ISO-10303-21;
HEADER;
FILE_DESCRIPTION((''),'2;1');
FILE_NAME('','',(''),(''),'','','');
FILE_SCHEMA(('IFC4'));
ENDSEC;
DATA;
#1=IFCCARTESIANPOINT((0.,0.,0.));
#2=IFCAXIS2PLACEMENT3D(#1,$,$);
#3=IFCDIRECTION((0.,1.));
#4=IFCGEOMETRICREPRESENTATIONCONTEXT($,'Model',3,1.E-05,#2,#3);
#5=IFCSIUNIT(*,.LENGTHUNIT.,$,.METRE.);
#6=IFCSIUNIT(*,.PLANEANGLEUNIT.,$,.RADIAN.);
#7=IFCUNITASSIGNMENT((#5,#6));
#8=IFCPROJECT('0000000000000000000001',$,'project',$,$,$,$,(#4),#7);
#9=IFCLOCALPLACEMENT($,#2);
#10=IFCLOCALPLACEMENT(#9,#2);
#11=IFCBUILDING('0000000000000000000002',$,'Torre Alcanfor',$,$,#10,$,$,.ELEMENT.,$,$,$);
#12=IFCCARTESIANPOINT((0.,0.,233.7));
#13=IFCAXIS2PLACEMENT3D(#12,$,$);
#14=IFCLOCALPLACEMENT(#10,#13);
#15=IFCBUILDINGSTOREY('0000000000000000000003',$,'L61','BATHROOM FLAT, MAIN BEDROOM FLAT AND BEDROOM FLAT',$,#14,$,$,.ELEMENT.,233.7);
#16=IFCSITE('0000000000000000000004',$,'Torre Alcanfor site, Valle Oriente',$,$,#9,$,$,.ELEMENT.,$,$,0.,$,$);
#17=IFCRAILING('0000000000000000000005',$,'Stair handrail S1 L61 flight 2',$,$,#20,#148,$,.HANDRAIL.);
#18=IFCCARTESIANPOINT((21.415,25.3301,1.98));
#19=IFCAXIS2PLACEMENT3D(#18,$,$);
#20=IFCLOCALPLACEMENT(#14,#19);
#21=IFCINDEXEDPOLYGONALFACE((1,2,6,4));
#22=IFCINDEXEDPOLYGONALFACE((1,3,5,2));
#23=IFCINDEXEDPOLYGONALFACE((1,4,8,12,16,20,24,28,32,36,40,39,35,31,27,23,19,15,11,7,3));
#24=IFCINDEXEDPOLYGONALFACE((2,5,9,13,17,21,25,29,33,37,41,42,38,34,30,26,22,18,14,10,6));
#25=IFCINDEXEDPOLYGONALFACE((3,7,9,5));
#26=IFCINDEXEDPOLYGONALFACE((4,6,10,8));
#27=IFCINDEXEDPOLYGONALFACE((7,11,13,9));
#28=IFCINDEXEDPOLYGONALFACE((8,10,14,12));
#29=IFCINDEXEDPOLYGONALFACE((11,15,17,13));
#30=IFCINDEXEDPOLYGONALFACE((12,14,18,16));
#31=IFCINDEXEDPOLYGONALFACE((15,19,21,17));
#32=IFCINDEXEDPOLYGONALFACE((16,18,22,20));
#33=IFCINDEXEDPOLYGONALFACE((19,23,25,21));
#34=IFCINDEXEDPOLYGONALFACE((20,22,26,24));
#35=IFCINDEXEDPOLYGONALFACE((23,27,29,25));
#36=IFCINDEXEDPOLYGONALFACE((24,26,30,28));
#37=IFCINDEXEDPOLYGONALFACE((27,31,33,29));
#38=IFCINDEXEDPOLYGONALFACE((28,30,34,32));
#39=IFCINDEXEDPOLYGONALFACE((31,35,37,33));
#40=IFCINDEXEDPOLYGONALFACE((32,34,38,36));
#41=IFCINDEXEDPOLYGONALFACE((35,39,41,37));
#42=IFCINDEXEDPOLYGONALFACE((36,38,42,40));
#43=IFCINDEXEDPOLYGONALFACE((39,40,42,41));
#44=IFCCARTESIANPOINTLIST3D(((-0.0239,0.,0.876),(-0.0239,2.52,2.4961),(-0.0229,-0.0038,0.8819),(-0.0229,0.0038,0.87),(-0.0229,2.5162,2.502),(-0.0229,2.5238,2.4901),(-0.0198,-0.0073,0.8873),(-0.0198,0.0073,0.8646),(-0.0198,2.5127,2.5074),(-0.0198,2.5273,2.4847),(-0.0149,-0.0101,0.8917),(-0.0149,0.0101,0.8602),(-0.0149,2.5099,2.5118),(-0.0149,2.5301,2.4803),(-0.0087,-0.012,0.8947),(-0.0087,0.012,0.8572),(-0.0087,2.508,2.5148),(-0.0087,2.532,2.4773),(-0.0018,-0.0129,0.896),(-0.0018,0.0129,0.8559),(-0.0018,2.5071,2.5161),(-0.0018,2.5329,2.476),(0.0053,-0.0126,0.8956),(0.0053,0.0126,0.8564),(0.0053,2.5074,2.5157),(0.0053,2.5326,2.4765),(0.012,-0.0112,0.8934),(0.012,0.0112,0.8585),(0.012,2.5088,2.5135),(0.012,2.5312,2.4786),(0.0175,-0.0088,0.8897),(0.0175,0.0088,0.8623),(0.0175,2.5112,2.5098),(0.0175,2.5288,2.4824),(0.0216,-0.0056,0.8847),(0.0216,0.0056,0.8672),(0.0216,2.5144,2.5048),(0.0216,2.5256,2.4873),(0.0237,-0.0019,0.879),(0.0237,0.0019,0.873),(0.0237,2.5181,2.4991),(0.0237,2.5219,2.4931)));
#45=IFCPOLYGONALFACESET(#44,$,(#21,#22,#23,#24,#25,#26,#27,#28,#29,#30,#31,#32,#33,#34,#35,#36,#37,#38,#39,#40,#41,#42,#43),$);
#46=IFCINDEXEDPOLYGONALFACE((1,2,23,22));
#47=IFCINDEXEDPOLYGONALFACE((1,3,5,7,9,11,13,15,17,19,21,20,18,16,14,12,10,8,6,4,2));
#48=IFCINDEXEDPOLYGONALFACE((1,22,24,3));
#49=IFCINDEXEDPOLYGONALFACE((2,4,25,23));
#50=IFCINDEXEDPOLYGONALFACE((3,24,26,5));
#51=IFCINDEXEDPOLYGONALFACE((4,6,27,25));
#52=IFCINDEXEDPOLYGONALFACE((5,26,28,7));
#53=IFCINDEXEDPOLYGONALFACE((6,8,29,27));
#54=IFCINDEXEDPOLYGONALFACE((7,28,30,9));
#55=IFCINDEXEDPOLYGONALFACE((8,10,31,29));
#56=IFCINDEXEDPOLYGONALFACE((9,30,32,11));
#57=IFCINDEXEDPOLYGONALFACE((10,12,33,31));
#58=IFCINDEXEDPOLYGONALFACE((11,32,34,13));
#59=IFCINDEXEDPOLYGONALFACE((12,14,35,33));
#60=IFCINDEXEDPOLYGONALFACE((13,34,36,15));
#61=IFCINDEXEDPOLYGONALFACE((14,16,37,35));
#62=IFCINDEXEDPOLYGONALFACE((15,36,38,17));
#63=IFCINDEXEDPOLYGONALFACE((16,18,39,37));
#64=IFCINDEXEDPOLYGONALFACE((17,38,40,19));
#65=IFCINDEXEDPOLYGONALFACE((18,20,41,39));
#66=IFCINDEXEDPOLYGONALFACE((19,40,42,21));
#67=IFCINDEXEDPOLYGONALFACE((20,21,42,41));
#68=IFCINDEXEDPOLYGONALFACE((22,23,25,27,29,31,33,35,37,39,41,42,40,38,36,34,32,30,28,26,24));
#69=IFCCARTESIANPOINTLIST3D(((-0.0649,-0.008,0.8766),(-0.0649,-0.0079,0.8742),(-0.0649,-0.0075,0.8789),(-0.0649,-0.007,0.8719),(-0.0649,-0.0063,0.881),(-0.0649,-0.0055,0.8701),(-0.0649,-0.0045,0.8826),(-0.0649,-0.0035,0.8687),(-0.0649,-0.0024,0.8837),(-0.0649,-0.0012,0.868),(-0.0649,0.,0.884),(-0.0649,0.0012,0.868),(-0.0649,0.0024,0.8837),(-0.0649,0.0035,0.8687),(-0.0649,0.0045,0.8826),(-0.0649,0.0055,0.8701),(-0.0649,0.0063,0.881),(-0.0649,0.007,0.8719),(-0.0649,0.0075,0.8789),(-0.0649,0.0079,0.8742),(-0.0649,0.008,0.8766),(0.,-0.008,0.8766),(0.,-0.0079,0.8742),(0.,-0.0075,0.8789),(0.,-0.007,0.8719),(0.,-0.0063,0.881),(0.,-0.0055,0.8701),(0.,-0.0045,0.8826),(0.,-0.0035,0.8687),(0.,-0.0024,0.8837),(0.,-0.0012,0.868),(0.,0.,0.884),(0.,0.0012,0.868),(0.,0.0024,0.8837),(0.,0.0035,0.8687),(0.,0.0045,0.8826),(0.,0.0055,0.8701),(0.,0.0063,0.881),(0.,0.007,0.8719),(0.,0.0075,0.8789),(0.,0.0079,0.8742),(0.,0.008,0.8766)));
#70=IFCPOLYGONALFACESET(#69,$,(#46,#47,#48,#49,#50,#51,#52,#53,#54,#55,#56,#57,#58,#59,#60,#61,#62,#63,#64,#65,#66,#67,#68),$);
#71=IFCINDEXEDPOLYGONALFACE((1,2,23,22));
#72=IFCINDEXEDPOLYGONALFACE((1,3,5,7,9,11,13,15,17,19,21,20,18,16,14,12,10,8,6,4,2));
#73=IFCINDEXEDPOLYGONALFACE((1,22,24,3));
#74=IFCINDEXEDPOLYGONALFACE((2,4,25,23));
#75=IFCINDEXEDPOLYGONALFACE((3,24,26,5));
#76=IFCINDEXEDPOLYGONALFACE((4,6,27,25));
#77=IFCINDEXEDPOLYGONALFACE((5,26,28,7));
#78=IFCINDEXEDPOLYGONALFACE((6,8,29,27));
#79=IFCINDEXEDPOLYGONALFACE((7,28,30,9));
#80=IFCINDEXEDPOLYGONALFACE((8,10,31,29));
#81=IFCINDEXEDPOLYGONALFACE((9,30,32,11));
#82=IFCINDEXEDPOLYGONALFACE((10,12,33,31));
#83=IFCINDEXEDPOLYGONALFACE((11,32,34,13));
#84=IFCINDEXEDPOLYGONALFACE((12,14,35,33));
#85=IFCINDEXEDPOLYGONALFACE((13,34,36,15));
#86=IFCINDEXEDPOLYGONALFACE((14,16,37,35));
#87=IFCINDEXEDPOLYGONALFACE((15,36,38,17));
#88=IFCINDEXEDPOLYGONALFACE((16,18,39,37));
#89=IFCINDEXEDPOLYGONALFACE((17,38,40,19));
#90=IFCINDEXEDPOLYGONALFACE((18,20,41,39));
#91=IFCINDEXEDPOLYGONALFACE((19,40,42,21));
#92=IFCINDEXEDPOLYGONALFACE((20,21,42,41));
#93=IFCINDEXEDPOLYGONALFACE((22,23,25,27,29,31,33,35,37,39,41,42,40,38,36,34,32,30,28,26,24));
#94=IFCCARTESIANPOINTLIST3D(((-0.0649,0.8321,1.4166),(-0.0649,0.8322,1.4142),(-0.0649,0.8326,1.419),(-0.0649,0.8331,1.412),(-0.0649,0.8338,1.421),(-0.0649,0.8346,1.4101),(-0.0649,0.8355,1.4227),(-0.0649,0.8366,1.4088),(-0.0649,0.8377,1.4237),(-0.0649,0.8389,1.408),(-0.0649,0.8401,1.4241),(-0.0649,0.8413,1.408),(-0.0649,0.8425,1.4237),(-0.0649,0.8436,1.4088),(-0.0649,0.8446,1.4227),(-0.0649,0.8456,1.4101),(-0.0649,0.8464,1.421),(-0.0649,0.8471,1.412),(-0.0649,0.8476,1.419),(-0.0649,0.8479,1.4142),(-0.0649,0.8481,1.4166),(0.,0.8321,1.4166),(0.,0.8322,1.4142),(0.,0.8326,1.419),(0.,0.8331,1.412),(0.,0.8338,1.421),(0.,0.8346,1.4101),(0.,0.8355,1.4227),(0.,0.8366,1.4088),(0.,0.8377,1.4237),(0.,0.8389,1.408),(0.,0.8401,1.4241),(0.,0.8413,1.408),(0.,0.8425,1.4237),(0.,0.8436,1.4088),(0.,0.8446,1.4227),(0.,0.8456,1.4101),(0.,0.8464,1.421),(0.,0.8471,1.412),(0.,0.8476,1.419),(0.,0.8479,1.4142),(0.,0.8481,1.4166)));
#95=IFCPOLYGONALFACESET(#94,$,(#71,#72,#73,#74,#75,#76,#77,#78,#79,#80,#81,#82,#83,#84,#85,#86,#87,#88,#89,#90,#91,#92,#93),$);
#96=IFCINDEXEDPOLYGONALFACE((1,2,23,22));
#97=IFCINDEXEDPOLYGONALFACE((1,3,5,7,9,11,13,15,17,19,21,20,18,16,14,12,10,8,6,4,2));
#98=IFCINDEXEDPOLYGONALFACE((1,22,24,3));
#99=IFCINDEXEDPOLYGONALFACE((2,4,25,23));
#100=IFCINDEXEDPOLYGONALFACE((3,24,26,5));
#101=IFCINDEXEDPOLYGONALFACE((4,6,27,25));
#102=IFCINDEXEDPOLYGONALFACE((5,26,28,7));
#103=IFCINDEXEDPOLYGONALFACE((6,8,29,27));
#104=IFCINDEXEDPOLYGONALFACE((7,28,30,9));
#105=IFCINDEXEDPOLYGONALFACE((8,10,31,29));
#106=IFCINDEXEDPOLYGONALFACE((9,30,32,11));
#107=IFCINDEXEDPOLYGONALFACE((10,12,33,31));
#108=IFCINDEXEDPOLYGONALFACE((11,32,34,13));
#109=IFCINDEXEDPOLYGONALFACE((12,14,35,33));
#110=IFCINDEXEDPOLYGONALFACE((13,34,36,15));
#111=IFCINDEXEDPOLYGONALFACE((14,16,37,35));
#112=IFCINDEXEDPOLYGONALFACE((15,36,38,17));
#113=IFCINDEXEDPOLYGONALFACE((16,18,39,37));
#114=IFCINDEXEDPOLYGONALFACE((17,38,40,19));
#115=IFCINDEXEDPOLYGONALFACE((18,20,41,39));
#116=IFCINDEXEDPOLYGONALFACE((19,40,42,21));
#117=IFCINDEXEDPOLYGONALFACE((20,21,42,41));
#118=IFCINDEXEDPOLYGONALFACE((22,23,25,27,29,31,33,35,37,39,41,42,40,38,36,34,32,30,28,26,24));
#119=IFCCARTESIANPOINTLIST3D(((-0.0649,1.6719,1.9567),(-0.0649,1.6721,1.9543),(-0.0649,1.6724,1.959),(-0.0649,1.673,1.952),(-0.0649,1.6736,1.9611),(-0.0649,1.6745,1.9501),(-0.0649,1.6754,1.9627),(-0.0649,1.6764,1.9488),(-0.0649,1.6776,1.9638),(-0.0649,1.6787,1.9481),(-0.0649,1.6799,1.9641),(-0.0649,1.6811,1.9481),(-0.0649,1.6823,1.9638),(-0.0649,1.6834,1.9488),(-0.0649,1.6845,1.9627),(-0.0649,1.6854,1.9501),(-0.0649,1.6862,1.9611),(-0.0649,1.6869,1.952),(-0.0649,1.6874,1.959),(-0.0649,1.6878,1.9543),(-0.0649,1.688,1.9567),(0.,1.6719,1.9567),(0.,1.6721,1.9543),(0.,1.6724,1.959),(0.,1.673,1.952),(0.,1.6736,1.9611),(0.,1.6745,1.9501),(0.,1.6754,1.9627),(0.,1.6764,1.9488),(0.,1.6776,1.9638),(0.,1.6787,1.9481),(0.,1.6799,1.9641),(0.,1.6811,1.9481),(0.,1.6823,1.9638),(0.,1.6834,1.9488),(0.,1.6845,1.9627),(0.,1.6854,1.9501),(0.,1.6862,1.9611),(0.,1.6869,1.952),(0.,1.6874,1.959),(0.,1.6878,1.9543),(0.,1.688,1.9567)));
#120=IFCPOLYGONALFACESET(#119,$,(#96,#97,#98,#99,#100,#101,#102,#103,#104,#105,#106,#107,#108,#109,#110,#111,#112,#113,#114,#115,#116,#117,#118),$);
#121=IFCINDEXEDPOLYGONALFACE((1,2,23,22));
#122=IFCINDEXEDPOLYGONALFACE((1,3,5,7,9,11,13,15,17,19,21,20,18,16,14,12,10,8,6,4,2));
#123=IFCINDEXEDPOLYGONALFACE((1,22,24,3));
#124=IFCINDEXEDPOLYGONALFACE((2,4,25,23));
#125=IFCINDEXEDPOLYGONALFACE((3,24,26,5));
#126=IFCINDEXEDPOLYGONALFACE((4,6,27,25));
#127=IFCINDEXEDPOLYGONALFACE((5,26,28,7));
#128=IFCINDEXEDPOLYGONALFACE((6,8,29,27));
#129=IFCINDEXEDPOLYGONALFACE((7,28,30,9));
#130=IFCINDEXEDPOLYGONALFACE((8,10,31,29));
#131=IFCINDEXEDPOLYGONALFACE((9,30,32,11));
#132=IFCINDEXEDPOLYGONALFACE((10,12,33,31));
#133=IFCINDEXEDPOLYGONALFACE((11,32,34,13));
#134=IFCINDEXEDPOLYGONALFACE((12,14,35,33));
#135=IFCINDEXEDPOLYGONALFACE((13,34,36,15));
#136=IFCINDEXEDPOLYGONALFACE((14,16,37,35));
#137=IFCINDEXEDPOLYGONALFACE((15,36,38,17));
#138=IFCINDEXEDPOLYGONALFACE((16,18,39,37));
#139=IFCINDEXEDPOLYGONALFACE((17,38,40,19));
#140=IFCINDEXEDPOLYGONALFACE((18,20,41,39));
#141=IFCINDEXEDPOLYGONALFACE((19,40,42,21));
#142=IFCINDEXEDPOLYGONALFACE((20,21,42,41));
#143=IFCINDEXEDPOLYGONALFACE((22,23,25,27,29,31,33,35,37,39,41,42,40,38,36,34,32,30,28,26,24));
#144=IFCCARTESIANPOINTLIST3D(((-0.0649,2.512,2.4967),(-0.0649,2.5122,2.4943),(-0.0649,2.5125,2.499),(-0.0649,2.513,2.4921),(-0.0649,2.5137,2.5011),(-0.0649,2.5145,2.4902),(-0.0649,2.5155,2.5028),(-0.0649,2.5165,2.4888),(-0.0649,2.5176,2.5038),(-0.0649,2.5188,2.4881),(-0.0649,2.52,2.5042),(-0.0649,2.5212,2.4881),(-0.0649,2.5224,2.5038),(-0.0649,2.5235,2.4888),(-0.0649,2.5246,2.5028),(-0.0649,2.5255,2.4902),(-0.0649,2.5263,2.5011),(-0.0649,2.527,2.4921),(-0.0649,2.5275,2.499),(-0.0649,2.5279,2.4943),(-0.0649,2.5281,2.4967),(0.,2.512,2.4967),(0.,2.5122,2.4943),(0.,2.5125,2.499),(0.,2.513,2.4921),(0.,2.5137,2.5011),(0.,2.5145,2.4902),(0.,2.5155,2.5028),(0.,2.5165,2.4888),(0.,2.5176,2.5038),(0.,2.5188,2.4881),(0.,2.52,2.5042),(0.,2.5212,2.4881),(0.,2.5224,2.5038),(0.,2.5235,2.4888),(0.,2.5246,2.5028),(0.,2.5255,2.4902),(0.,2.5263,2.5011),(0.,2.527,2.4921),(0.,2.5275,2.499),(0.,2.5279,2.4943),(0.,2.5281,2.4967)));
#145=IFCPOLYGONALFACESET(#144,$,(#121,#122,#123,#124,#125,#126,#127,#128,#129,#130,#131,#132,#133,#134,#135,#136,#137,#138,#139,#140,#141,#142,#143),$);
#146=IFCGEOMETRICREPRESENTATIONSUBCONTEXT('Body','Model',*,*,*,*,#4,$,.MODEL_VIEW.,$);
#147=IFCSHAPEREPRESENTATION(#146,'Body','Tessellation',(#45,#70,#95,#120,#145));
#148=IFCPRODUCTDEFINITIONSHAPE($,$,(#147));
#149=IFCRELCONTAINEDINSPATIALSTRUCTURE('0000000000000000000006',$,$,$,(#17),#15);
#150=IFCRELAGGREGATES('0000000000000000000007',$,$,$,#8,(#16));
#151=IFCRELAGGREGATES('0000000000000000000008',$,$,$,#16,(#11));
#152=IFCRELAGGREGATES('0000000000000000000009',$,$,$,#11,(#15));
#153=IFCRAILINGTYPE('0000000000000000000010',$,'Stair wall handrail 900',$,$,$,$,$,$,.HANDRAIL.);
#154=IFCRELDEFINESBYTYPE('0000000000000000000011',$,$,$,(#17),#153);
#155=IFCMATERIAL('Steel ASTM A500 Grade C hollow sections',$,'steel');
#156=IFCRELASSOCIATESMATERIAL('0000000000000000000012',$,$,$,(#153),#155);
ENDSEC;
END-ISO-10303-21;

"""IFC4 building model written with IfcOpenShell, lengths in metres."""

from ifc_helpers import new_model, si_unit, direction, frame, origin, origin_2d, place, context, subcontext, project, spatial, circle, extrude, material, type_object, element, save


model = new_model("IFC4")

# Units and contexts
model_context = context("Model", 3, precision=1e-05, world=origin(), true_north=direction((0.0, 1.0)))
body_context = subcontext(model_context, "Body", "Model", "MODEL_VIEW")
ifc_project = project(units=[si_unit("LENGTHUNIT", "METRE"), si_unit("PLANEANGLEUNIT", "RADIAN")], contexts=[model_context])

# Site, building, storey
site_placement = place(None, origin())
site = spatial("IfcSite", under=ifc_project, at=site_placement, Name="Torre Alcanfor site, Valle Oriente", CompositionType="ELEMENT", RefElevation=0.0)
building_placement = place(site_placement, origin())
building = spatial("IfcBuilding", under=site, at=building_placement, Name="Torre Alcanfor", CompositionType="ELEMENT")
storey_placement = place(building_placement, frame((0.0, 0.0, 233.7)))
storey = spatial("IfcBuildingStorey", under=building, at=storey_placement, Name="L61", Description="BATHROOM FLAT, MAIN BEDROOM FLAT AND BEDROOM FLAT", CompositionType="ELEMENT", Elevation=233.7)

# Railing
ifc_material_1 = material(Name="Steel ASTM A500 Grade C hollow sections", Category="steel")
railing_type_1 = type_object("IfcRailingType", Name="Stair wall handrail 900", PredefinedType="HANDRAIL", material=ifc_material_1)
railing_1_placement = place(storey_placement, frame((21.415, 25.3301, 1.98)))
element("IfcRailing", 1, at=railing_1_placement, inside=storey, type_object=railing_type_1, Name="Stair handrail S1 L61 flight 2", PredefinedType="HANDRAIL", context=body_context, shape_type="SweptSolid", body=[
    extrude(circle(Radius=0.0239, at=origin_2d()), frame((0.0, 0.0, 0.876), z_axis=(0.0, 0.841163, 0.540782), x_axis=(-1.0, 0.0, 0.0)), (0.0, 0.0, 1.0), 2.9958),
    extrude(circle(Radius=0.0081, at=origin_2d()), frame((0.0, 0.0, 0.876), z_axis=(-1.0, 0.0, 0.0), x_axis=(0.0, 0.0, 1.0)), (0.0, 0.0, 1.0), 0.0649),
    extrude(circle(Radius=0.0081, at=origin_2d()), frame((0.0, 0.8401, 1.416), z_axis=(-1.0, 0.0, 0.0), x_axis=(0.0, 0.0, 1.0)), (0.0, 0.0, 1.0), 0.0649),
    extrude(circle(Radius=0.0081, at=origin_2d()), frame((0.0, 1.6799, 1.9561), z_axis=(-1.0, 0.0, 0.0), x_axis=(0.0, 0.0, 1.0)), (0.0, 0.0, 1.0), 0.0649),
    extrude(circle(Radius=0.0081, at=origin_2d()), frame((0.0, 2.52, 2.4961), z_axis=(-1.0, 0.0, 0.0), x_axis=(0.0, 0.0, 1.0)), (0.0, 0.0, 1.0), 0.0649),
])

save(model, "model.ifc")
